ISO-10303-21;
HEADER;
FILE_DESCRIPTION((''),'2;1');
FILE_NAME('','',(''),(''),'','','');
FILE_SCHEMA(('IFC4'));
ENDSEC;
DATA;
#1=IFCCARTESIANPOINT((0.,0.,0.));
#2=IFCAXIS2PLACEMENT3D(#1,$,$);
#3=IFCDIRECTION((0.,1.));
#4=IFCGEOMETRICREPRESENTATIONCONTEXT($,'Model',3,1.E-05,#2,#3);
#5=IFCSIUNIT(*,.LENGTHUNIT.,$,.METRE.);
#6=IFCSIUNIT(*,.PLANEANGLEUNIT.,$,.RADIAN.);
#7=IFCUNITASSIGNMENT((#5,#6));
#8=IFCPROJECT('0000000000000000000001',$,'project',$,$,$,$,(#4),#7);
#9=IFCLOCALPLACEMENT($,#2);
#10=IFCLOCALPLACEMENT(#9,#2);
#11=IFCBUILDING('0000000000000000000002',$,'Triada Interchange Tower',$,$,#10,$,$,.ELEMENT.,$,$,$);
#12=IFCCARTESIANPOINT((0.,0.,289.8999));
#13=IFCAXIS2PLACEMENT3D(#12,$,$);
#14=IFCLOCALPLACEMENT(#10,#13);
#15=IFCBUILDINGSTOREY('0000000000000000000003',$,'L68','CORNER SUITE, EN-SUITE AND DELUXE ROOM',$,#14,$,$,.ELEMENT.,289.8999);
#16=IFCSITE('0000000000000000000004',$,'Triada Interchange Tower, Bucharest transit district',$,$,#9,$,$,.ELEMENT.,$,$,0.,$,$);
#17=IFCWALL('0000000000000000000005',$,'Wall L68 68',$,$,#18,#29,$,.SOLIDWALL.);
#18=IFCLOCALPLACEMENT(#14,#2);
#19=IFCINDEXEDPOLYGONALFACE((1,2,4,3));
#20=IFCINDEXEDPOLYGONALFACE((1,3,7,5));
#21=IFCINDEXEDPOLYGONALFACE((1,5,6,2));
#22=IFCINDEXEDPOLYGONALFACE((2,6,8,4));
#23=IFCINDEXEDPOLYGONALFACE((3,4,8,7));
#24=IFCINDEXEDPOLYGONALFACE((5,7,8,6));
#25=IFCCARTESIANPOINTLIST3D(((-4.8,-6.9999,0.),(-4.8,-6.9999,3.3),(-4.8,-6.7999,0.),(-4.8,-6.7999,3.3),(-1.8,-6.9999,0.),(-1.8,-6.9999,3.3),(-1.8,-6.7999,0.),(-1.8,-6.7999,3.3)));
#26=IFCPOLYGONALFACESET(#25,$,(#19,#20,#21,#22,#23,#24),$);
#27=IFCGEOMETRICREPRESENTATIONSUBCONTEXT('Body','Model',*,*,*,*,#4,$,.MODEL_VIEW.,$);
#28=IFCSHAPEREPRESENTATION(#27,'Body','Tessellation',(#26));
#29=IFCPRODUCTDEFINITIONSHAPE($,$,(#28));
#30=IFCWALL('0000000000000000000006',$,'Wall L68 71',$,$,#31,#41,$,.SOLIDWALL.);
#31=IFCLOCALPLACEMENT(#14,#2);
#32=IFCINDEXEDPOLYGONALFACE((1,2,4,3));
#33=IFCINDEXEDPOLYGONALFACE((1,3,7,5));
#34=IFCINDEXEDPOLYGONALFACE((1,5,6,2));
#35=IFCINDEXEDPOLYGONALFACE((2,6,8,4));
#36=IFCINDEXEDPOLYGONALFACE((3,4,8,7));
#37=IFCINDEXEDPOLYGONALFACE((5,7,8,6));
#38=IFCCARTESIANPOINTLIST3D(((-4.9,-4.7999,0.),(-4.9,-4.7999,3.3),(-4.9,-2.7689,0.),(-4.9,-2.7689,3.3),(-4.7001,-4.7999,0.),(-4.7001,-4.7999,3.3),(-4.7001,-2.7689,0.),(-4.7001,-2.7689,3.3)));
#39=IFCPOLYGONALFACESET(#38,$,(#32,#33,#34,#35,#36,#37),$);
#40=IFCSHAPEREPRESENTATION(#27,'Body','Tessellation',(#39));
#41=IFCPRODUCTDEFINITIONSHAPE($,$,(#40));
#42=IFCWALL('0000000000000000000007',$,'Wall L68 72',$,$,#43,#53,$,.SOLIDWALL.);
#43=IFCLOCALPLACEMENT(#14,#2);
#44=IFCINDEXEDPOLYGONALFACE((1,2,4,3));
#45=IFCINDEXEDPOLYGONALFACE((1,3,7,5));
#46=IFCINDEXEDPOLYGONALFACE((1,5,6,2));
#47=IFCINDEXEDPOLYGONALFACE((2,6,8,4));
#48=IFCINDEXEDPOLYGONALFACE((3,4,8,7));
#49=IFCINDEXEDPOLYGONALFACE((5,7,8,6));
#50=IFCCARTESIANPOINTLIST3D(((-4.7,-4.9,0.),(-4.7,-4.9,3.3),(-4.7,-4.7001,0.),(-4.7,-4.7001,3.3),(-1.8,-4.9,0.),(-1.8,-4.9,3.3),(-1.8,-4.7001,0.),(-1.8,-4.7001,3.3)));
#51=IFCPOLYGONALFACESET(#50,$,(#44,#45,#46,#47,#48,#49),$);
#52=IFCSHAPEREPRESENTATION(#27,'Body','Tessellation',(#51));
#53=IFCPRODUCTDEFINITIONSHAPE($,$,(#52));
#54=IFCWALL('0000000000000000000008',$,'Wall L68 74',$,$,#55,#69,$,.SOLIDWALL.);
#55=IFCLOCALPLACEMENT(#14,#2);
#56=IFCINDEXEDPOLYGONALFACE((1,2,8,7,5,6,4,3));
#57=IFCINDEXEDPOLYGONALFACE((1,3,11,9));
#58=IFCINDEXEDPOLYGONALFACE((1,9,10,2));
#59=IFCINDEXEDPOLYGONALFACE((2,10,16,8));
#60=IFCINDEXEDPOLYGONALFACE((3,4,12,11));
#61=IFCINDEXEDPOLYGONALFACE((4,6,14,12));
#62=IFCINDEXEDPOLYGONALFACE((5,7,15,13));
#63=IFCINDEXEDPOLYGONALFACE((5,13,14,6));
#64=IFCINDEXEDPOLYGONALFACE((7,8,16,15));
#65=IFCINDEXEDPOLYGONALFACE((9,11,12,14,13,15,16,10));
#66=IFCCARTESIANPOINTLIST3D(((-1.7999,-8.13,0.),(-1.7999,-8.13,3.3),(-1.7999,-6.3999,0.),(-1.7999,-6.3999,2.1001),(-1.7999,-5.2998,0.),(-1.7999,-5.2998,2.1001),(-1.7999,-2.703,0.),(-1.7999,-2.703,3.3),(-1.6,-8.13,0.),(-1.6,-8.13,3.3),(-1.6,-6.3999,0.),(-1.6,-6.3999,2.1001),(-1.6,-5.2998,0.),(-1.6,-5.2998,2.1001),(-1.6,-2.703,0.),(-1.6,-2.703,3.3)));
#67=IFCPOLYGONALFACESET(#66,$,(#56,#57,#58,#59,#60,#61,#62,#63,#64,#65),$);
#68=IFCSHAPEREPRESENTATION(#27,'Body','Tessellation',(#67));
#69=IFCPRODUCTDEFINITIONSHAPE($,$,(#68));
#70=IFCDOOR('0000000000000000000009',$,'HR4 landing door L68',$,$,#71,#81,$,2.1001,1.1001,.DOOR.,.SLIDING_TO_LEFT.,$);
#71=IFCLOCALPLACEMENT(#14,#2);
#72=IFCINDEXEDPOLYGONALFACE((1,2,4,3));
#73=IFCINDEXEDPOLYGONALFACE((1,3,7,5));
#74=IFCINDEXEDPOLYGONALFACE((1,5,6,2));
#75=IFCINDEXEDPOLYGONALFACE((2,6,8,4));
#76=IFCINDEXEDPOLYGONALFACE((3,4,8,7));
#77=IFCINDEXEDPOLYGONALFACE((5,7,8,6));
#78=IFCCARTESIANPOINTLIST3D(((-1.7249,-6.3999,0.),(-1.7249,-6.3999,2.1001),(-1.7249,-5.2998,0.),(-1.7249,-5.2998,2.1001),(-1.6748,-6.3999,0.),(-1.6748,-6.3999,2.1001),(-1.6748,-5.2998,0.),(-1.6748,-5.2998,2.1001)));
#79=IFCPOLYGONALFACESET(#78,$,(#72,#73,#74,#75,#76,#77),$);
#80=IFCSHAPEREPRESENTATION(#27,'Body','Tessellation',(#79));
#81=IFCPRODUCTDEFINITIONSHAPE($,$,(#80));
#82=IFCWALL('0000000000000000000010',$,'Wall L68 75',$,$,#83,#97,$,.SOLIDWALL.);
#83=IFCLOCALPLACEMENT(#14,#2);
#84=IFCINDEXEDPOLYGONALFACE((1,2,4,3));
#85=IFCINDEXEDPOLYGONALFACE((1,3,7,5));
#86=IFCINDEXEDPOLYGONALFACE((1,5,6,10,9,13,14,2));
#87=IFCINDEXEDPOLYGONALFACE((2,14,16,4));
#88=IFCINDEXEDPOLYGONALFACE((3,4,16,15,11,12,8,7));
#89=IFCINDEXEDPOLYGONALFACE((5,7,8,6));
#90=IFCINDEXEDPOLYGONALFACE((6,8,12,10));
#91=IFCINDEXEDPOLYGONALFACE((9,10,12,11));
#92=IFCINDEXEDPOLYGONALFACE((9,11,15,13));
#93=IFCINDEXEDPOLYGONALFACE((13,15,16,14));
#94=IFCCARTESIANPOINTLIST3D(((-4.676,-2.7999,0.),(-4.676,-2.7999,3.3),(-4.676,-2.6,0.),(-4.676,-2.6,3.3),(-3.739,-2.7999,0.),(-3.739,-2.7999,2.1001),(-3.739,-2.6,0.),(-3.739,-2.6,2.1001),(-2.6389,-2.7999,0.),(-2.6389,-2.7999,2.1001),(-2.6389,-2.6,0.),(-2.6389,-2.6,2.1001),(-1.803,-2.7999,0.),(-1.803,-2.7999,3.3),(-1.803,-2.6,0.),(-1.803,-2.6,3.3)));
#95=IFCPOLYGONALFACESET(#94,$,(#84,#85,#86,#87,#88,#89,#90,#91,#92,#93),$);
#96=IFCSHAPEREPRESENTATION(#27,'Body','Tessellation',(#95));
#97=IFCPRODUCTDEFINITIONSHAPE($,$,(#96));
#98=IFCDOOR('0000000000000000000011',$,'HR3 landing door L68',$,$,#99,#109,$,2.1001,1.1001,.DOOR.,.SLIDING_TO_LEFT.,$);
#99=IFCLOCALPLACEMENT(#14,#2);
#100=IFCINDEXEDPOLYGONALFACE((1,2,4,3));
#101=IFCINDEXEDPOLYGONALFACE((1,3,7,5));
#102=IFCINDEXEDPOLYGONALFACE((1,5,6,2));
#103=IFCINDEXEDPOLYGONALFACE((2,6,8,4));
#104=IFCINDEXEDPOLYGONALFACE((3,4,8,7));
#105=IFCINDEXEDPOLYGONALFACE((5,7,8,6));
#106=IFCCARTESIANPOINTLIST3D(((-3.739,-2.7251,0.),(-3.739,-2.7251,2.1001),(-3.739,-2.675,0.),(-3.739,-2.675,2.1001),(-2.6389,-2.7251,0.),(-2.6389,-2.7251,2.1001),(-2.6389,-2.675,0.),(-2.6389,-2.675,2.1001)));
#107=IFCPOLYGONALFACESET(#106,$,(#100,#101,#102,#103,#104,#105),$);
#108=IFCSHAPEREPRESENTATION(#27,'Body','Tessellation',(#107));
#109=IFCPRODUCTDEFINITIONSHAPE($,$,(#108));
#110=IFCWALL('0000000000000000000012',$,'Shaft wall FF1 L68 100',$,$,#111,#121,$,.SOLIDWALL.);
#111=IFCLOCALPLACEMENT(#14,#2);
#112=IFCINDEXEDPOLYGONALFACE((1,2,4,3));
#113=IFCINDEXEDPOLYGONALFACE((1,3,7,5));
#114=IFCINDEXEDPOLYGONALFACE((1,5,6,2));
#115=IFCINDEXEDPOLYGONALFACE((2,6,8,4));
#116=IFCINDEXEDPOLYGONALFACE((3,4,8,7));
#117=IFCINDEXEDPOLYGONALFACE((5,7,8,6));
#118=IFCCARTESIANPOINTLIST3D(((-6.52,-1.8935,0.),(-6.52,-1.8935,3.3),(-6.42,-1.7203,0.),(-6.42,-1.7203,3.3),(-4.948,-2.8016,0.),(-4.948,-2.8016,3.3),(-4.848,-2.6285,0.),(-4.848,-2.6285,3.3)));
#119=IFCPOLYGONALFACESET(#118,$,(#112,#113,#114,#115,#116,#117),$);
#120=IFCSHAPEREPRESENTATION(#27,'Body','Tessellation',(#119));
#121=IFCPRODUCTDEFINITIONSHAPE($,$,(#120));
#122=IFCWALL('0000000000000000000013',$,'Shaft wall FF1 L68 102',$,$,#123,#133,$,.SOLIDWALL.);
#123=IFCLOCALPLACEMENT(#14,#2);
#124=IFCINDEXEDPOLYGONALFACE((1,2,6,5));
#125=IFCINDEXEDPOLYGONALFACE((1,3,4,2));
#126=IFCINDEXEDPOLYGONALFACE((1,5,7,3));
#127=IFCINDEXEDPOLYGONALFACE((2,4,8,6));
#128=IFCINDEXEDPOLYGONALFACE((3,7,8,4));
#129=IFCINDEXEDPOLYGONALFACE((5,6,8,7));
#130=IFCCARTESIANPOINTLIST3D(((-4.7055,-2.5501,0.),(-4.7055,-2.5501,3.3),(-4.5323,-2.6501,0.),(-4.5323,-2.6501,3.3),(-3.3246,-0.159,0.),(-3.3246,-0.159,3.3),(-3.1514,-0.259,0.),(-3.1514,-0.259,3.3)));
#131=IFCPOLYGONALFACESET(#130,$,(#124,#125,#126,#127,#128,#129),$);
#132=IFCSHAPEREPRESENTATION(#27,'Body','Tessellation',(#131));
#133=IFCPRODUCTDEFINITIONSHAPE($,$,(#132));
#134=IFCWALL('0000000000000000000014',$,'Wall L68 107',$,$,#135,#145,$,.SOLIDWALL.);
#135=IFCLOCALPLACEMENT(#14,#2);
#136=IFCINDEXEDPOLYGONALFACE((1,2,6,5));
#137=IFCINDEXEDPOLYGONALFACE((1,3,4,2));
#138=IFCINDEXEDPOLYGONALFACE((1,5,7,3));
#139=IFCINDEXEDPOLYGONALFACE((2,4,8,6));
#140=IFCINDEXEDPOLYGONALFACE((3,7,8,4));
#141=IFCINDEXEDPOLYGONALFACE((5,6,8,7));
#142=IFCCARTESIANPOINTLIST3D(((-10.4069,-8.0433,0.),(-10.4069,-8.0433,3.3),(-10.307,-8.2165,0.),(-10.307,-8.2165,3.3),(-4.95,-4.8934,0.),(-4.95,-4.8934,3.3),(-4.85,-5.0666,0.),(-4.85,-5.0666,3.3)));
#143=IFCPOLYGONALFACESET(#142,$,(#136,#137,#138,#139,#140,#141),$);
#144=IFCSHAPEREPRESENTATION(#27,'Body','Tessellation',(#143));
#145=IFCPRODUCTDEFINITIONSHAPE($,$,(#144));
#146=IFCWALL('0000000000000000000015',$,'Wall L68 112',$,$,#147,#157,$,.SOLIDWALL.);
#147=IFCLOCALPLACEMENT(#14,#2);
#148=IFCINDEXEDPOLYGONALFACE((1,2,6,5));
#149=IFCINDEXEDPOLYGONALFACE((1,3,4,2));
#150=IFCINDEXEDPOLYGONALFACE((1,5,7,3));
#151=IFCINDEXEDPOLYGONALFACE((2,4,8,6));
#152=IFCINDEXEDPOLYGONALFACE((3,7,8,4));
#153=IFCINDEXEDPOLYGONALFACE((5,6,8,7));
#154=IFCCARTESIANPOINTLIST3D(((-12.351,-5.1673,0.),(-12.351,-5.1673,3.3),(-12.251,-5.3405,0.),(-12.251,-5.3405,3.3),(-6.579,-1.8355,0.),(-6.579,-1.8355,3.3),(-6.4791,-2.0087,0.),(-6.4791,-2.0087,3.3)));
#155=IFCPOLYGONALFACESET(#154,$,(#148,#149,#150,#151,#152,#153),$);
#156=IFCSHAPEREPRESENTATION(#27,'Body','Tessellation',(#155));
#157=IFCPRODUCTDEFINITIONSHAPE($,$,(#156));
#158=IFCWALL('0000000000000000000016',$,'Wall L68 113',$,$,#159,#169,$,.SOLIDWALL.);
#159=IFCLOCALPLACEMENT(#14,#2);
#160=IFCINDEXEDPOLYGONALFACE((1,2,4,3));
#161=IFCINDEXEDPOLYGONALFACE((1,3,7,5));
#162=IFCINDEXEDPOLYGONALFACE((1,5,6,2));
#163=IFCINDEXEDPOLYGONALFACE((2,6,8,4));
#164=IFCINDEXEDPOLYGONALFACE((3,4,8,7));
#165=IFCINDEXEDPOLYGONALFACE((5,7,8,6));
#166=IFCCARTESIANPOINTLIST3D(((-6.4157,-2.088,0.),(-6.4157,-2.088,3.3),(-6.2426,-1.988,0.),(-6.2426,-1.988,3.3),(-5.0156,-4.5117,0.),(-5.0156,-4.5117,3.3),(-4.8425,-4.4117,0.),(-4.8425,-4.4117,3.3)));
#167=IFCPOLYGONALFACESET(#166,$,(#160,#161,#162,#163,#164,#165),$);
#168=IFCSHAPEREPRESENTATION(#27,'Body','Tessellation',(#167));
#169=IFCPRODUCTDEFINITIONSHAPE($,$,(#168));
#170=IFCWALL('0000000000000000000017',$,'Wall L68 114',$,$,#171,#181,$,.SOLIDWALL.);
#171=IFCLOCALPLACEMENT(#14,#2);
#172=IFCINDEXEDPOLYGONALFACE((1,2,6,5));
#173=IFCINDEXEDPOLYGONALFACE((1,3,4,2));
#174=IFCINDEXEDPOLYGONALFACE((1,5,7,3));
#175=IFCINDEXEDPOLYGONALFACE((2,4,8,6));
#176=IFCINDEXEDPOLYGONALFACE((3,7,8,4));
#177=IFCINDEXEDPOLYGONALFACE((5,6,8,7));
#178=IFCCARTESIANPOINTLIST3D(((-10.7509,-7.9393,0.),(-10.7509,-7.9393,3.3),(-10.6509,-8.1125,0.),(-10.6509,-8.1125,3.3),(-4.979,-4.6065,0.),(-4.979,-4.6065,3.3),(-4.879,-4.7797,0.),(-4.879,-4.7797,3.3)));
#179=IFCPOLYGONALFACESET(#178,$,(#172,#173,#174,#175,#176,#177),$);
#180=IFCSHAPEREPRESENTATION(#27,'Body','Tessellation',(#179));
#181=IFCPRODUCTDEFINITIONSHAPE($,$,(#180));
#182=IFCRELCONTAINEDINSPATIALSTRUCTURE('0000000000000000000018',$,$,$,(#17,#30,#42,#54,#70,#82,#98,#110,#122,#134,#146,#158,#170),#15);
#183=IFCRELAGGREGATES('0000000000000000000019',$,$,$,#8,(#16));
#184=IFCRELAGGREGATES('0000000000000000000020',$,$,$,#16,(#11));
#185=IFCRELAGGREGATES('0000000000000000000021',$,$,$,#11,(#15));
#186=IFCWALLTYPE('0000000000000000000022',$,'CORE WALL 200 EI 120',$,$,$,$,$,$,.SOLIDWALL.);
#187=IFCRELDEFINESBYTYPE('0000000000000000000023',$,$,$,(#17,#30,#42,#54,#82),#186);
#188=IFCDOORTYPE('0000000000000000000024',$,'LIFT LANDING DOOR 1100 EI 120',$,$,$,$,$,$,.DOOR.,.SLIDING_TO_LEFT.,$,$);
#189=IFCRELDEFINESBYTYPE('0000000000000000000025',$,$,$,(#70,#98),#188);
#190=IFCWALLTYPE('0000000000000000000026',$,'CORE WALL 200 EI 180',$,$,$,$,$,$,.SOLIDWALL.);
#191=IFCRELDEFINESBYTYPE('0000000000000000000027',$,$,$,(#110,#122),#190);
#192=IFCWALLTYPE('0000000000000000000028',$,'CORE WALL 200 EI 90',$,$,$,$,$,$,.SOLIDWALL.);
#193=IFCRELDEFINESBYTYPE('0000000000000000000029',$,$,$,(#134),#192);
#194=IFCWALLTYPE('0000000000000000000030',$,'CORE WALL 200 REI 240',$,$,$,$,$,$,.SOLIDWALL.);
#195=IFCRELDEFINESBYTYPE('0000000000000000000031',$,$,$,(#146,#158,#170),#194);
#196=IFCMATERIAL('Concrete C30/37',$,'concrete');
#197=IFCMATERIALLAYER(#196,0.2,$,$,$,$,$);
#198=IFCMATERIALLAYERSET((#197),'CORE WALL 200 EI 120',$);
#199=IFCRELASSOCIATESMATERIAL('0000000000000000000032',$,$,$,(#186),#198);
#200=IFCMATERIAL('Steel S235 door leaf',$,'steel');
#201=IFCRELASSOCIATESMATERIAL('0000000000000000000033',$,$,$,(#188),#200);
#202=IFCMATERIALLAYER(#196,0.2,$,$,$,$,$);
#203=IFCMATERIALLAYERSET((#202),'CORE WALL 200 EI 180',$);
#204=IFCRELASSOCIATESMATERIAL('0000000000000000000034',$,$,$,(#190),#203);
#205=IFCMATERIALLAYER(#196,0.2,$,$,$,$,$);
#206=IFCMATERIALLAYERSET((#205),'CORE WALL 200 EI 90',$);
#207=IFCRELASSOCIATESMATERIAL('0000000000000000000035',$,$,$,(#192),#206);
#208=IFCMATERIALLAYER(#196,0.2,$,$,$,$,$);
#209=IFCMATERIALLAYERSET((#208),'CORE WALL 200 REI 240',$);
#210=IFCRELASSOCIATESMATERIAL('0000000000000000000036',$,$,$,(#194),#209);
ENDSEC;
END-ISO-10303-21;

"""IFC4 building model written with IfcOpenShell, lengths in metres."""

from ifc_helpers import new_model, si_unit, direction, frame, frame_2d, origin, place, context, subcontext, project, spatial, rectangle, extrude, material, layer, layer_set, type_object, element, fill, save


model = new_model("IFC4")

# Units and contexts
model_context = context("Model", 3, precision=1e-05, world=origin(), true_north=direction((0.0, 1.0)))
body_context = subcontext(model_context, "Body", "Model", "MODEL_VIEW")
ifc_project = project(units=[si_unit("LENGTHUNIT", "METRE"), si_unit("PLANEANGLEUNIT", "RADIAN")], contexts=[model_context])

# Site, building, storey
site_placement = place(None, origin())
site = spatial("IfcSite", under=ifc_project, at=site_placement, Name="Triada Interchange Tower, Bucharest transit district", CompositionType="ELEMENT", RefElevation=0.0)
building_placement = place(site_placement, origin())
building = spatial("IfcBuilding", under=site, at=building_placement, Name="Triada Interchange Tower", CompositionType="ELEMENT")
storey_placement = place(building_placement, frame((0.0, 0.0, 289.8999)))
storey = spatial("IfcBuildingStorey", under=building, at=storey_placement, Name="L68", Description="CORNER SUITE, EN-SUITE AND DELUXE ROOM", CompositionType="ELEMENT", Elevation=289.8999)

# Walls
ifc_material_1 = material(Name="Concrete C30/37", Category="concrete")
ifc_layer_1 = layer(ifc_material_1, 0.2)
ifc_layer_set_1 = layer_set([ifc_layer_1], Name="CORE WALL 200 EI 120")
wall_type_1 = type_object("IfcWallType", Name="CORE WALL 200 EI 120", PredefinedType="SOLIDWALL", material=ifc_layer_set_1)
wall_1_placement = place(storey_placement, frame((-4.8, -6.8999, 0.0), z_axis=(0.0, 0.0, 1.0), x_axis=(1.0, 0.0, 0.0)))
element("IfcWall", 1, at=wall_1_placement, inside=storey, type_object=wall_type_1, Name="Wall L68 68", PredefinedType="SOLIDWALL", context=body_context, shape_type="SweptSolid", body=[
    extrude(rectangle(XDim=3.0, YDim=0.2, at=frame_2d((1.5, 0.0))), origin(), (0.0, 0.0, 1.0), 3.3),
])
wall_2_placement = place(storey_placement, frame((-4.8, -4.8, 0.0), z_axis=(0.0, 0.0, 1.0), x_axis=(0.0, 1.0, 0.0)))
element("IfcWall", 2, at=wall_2_placement, inside=storey, type_object=wall_type_1, Name="Wall L68 71", PredefinedType="SOLIDWALL", context=body_context, shape_type="SweptSolid", body=[
    extrude(rectangle(XDim=2.031, YDim=0.2, at=frame_2d((1.0156, 0.0))), origin(), (0.0, 0.0, 1.0), 3.3),
])
wall_3_placement = place(storey_placement, frame((-4.7, -4.8, 0.0), z_axis=(0.0, 0.0, 1.0), x_axis=(1.0, 0.0, 0.0)))
element("IfcWall", 3, at=wall_3_placement, inside=storey, type_object=wall_type_1, Name="Wall L68 72", PredefinedType="SOLIDWALL", context=body_context, shape_type="SweptSolid", body=[
    extrude(rectangle(XDim=2.8999, YDim=0.2, at=frame_2d((1.45, 0.0))), origin(), (0.0, 0.0, 1.0), 3.3),
])

# Walls, openings, doors
wall_4_placement = place(storey_placement, frame((-1.7, -8.1299, 0.0), z_axis=(0.0, 0.0, 1.0), x_axis=(0.0, 1.0, 0.0)))
wall_4 = element("IfcWall", 4, at=wall_4_placement, inside=storey, type_object=wall_type_1, Name="Wall L68 74", PredefinedType="SOLIDWALL", context=body_context, shape_type="SweptSolid", body=[
    extrude(rectangle(XDim=5.427, YDim=0.2, at=frame_2d((2.7134, 0.0))), origin(), (0.0, 0.0, 1.0), 3.3),
])
opening_1_placement = place(wall_4_placement, frame((1.73, 0.0, 0.0)))
opening_1 = element("IfcOpeningElement", 5, at=opening_1_placement, cuts=wall_4, PredefinedType="OPENING", context=body_context, shape_type="SweptSolid", body=[
    extrude(rectangle(XDim=1.1001, YDim=2.1001, at=frame_2d((0.55, 1.05))), frame((0.0, 0.1099, 0.0), z_axis=(0.0, -1.0, 0.0), x_axis=(1.0, 0.0, 0.0)), (0.0, 0.0, 1.0), 0.22),
])
ifc_material_2 = material(Name="Steel S235 door leaf", Category="steel")
door_type_1 = type_object("IfcDoorType", Name="LIFT LANDING DOOR 1100 EI 120", OperationType="SLIDING_TO_LEFT", PredefinedType="DOOR", material=ifc_material_2)
door_1_placement = place(opening_1_placement, origin())
door_1 = element("IfcDoor", 6, at=door_1_placement, inside=storey, type_object=door_type_1, Name="HR4 landing door L68", OperationType="SLIDING_TO_LEFT", OverallHeight=2.1001, OverallWidth=1.1001, PredefinedType="DOOR", context=body_context, shape_type="SweptSolid", body=[
    extrude(rectangle(XDim=1.1001, YDim=2.1001, at=frame_2d((0.55, 1.05))), frame((0.0, 0.0249, 0.0), z_axis=(0.0, -1.0, 0.0), x_axis=(1.0, 0.0, 0.0)), (0.0, 0.0, 1.0), 0.05),
])
fill(opening_1, door_1)
wall_5_placement = place(storey_placement, frame((-4.676, -2.7, 0.0), z_axis=(0.0, 0.0, 1.0), x_axis=(1.0, 0.0, 0.0)))
wall_5 = element("IfcWall", 7, at=wall_5_placement, inside=storey, type_object=wall_type_1, Name="Wall L68 75", PredefinedType="SOLIDWALL", context=body_context, shape_type="SweptSolid", body=[
    extrude(rectangle(XDim=2.873, YDim=0.2, at=frame_2d((1.4365, 0.0))), origin(), (0.0, 0.0, 1.0), 3.3),
])
opening_2_placement = place(wall_5_placement, frame((0.937, 0.0, 0.0)))
opening_2 = element("IfcOpeningElement", 8, at=opening_2_placement, cuts=wall_5, PredefinedType="OPENING", context=body_context, shape_type="SweptSolid", body=[
    extrude(rectangle(XDim=1.1001, YDim=2.1001, at=frame_2d((0.55, 1.05))), frame((0.0, 0.1099, 0.0), z_axis=(0.0, -1.0, 0.0), x_axis=(1.0, 0.0, 0.0)), (0.0, 0.0, 1.0), 0.22),
])
door_2_placement = place(opening_2_placement, origin())
door_2 = element("IfcDoor", 9, at=door_2_placement, inside=storey, type_object=door_type_1, Name="HR3 landing door L68", OperationType="SLIDING_TO_LEFT", OverallHeight=2.1001, OverallWidth=1.1001, PredefinedType="DOOR", context=body_context, shape_type="SweptSolid", body=[
    extrude(rectangle(XDim=1.1001, YDim=2.1001, at=frame_2d((0.55, 1.05))), frame((0.0, 0.0249, 0.0), z_axis=(0.0, -1.0, 0.0), x_axis=(1.0, 0.0, 0.0)), (0.0, 0.0, 1.0), 0.05),
])
fill(opening_2, door_2)

# Walls
ifc_layer_2 = layer(ifc_material_1, 0.2)
ifc_layer_set_2 = layer_set([ifc_layer_2], Name="CORE WALL 200 EI 180")
wall_type_2 = type_object("IfcWallType", Name="CORE WALL 200 EI 180", PredefinedType="SOLIDWALL", material=ifc_layer_set_2)
wall_6_placement = place(storey_placement, frame((-6.47, -1.8069, 0.0), z_axis=(0.0, 0.0, 1.0), x_axis=(0.865883, -0.500246, 0.0)))
element("IfcWall", 10, at=wall_6_placement, inside=storey, type_object=wall_type_2, Name="Shaft wall FF1 L68 100", PredefinedType="SOLIDWALL", context=body_context, shape_type="SweptSolid", body=[
    extrude(rectangle(XDim=1.8154, YDim=0.2, at=frame_2d((0.9077, 0.0))), origin(), (0.0, 0.0, 1.0), 3.3),
])
wall_7_placement = place(storey_placement, frame((-4.6189, -2.6001, 0.0), z_axis=(0.0, 0.0, 1.0), x_axis=(0.500095, 0.865971, 0.0)))
element("IfcWall", 11, at=wall_7_placement, inside=storey, type_object=wall_type_2, Name="Shaft wall FF1 L68 102", PredefinedType="SOLIDWALL", context=body_context, shape_type="SweptSolid", body=[
    extrude(rectangle(XDim=2.7612, YDim=0.2, at=frame_2d((1.3806, 0.0))), origin(), (0.0, 0.0, 1.0), 3.3),
])
ifc_layer_3 = layer(ifc_material_1, 0.2)
ifc_layer_set_3 = layer_set([ifc_layer_3], Name="CORE WALL 200 EI 90")
wall_type_3 = type_object("IfcWallType", Name="CORE WALL 200 EI 90", PredefinedType="SOLIDWALL", material=ifc_layer_set_3)
wall_8_placement = place(storey_placement, frame((-10.3569, -8.1299, 0.0), z_axis=(0.0, 0.0, 1.0), x_axis=(0.866075, 0.499915, 0.0)))
element("IfcWall", 12, at=wall_8_placement, inside=storey, type_object=wall_type_3, Name="Wall L68 107", PredefinedType="SOLIDWALL", context=body_context, shape_type="SweptSolid", body=[
    extrude(rectangle(XDim=6.3008, YDim=0.2, at=frame_2d((3.1504, 0.0))), origin(), (0.0, 0.0, 1.0), 3.3),
])
ifc_layer_4 = layer(ifc_material_1, 0.2)
ifc_layer_set_4 = layer_set([ifc_layer_4], Name="CORE WALL 200 REI 240")
wall_type_4 = type_object("IfcWallType", Name="CORE WALL 200 REI 240", PredefinedType="SOLIDWALL", material=ifc_layer_set_4)
wall_9_placement = place(storey_placement, frame((-12.301, -5.2539, 0.0), z_axis=(0.0, 0.0, 1.0), x_axis=(0.866068, 0.499925, 0.0)))
element("IfcWall", 13, at=wall_9_placement, inside=storey, type_object=wall_type_4, Name="Wall L68 112", PredefinedType="SOLIDWALL", context=body_context, shape_type="SweptSolid", body=[
    extrude(rectangle(XDim=6.6646, YDim=0.2, at=frame_2d((3.3323, 0.0))), origin(), (0.0, 0.0, 1.0), 3.3),
])
wall_10_placement = place(storey_placement, frame((-6.3291, -2.0381, 0.0), z_axis=(0.0, 0.0, 1.0), x_axis=(0.500201, -0.86591, 0.0)))
element("IfcWall", 14, at=wall_10_placement, inside=storey, type_object=wall_type_4, Name="Wall L68 113", PredefinedType="SOLIDWALL", context=body_context, shape_type="SweptSolid", body=[
    extrude(rectangle(XDim=2.7991, YDim=0.2, at=frame_2d((1.3994, 0.0))), origin(), (0.0, 0.0, 1.0), 3.3),
])
wall_11_placement = place(storey_placement, frame((-10.7009, -8.0259, 0.0), z_axis=(0.0, 0.0, 1.0), x_axis=(0.866005, 0.500035, 0.0)))
element("IfcWall", 15, at=wall_11_placement, inside=storey, type_object=wall_type_4, Name="Wall L68 114", PredefinedType="SOLIDWALL", context=body_context, shape_type="SweptSolid", body=[
    extrude(rectangle(XDim=6.665, YDim=0.2, at=frame_2d((3.3325, 0.0))), origin(), (0.0, 0.0, 1.0), 3.3),
])

save(model, "model.ifc")
